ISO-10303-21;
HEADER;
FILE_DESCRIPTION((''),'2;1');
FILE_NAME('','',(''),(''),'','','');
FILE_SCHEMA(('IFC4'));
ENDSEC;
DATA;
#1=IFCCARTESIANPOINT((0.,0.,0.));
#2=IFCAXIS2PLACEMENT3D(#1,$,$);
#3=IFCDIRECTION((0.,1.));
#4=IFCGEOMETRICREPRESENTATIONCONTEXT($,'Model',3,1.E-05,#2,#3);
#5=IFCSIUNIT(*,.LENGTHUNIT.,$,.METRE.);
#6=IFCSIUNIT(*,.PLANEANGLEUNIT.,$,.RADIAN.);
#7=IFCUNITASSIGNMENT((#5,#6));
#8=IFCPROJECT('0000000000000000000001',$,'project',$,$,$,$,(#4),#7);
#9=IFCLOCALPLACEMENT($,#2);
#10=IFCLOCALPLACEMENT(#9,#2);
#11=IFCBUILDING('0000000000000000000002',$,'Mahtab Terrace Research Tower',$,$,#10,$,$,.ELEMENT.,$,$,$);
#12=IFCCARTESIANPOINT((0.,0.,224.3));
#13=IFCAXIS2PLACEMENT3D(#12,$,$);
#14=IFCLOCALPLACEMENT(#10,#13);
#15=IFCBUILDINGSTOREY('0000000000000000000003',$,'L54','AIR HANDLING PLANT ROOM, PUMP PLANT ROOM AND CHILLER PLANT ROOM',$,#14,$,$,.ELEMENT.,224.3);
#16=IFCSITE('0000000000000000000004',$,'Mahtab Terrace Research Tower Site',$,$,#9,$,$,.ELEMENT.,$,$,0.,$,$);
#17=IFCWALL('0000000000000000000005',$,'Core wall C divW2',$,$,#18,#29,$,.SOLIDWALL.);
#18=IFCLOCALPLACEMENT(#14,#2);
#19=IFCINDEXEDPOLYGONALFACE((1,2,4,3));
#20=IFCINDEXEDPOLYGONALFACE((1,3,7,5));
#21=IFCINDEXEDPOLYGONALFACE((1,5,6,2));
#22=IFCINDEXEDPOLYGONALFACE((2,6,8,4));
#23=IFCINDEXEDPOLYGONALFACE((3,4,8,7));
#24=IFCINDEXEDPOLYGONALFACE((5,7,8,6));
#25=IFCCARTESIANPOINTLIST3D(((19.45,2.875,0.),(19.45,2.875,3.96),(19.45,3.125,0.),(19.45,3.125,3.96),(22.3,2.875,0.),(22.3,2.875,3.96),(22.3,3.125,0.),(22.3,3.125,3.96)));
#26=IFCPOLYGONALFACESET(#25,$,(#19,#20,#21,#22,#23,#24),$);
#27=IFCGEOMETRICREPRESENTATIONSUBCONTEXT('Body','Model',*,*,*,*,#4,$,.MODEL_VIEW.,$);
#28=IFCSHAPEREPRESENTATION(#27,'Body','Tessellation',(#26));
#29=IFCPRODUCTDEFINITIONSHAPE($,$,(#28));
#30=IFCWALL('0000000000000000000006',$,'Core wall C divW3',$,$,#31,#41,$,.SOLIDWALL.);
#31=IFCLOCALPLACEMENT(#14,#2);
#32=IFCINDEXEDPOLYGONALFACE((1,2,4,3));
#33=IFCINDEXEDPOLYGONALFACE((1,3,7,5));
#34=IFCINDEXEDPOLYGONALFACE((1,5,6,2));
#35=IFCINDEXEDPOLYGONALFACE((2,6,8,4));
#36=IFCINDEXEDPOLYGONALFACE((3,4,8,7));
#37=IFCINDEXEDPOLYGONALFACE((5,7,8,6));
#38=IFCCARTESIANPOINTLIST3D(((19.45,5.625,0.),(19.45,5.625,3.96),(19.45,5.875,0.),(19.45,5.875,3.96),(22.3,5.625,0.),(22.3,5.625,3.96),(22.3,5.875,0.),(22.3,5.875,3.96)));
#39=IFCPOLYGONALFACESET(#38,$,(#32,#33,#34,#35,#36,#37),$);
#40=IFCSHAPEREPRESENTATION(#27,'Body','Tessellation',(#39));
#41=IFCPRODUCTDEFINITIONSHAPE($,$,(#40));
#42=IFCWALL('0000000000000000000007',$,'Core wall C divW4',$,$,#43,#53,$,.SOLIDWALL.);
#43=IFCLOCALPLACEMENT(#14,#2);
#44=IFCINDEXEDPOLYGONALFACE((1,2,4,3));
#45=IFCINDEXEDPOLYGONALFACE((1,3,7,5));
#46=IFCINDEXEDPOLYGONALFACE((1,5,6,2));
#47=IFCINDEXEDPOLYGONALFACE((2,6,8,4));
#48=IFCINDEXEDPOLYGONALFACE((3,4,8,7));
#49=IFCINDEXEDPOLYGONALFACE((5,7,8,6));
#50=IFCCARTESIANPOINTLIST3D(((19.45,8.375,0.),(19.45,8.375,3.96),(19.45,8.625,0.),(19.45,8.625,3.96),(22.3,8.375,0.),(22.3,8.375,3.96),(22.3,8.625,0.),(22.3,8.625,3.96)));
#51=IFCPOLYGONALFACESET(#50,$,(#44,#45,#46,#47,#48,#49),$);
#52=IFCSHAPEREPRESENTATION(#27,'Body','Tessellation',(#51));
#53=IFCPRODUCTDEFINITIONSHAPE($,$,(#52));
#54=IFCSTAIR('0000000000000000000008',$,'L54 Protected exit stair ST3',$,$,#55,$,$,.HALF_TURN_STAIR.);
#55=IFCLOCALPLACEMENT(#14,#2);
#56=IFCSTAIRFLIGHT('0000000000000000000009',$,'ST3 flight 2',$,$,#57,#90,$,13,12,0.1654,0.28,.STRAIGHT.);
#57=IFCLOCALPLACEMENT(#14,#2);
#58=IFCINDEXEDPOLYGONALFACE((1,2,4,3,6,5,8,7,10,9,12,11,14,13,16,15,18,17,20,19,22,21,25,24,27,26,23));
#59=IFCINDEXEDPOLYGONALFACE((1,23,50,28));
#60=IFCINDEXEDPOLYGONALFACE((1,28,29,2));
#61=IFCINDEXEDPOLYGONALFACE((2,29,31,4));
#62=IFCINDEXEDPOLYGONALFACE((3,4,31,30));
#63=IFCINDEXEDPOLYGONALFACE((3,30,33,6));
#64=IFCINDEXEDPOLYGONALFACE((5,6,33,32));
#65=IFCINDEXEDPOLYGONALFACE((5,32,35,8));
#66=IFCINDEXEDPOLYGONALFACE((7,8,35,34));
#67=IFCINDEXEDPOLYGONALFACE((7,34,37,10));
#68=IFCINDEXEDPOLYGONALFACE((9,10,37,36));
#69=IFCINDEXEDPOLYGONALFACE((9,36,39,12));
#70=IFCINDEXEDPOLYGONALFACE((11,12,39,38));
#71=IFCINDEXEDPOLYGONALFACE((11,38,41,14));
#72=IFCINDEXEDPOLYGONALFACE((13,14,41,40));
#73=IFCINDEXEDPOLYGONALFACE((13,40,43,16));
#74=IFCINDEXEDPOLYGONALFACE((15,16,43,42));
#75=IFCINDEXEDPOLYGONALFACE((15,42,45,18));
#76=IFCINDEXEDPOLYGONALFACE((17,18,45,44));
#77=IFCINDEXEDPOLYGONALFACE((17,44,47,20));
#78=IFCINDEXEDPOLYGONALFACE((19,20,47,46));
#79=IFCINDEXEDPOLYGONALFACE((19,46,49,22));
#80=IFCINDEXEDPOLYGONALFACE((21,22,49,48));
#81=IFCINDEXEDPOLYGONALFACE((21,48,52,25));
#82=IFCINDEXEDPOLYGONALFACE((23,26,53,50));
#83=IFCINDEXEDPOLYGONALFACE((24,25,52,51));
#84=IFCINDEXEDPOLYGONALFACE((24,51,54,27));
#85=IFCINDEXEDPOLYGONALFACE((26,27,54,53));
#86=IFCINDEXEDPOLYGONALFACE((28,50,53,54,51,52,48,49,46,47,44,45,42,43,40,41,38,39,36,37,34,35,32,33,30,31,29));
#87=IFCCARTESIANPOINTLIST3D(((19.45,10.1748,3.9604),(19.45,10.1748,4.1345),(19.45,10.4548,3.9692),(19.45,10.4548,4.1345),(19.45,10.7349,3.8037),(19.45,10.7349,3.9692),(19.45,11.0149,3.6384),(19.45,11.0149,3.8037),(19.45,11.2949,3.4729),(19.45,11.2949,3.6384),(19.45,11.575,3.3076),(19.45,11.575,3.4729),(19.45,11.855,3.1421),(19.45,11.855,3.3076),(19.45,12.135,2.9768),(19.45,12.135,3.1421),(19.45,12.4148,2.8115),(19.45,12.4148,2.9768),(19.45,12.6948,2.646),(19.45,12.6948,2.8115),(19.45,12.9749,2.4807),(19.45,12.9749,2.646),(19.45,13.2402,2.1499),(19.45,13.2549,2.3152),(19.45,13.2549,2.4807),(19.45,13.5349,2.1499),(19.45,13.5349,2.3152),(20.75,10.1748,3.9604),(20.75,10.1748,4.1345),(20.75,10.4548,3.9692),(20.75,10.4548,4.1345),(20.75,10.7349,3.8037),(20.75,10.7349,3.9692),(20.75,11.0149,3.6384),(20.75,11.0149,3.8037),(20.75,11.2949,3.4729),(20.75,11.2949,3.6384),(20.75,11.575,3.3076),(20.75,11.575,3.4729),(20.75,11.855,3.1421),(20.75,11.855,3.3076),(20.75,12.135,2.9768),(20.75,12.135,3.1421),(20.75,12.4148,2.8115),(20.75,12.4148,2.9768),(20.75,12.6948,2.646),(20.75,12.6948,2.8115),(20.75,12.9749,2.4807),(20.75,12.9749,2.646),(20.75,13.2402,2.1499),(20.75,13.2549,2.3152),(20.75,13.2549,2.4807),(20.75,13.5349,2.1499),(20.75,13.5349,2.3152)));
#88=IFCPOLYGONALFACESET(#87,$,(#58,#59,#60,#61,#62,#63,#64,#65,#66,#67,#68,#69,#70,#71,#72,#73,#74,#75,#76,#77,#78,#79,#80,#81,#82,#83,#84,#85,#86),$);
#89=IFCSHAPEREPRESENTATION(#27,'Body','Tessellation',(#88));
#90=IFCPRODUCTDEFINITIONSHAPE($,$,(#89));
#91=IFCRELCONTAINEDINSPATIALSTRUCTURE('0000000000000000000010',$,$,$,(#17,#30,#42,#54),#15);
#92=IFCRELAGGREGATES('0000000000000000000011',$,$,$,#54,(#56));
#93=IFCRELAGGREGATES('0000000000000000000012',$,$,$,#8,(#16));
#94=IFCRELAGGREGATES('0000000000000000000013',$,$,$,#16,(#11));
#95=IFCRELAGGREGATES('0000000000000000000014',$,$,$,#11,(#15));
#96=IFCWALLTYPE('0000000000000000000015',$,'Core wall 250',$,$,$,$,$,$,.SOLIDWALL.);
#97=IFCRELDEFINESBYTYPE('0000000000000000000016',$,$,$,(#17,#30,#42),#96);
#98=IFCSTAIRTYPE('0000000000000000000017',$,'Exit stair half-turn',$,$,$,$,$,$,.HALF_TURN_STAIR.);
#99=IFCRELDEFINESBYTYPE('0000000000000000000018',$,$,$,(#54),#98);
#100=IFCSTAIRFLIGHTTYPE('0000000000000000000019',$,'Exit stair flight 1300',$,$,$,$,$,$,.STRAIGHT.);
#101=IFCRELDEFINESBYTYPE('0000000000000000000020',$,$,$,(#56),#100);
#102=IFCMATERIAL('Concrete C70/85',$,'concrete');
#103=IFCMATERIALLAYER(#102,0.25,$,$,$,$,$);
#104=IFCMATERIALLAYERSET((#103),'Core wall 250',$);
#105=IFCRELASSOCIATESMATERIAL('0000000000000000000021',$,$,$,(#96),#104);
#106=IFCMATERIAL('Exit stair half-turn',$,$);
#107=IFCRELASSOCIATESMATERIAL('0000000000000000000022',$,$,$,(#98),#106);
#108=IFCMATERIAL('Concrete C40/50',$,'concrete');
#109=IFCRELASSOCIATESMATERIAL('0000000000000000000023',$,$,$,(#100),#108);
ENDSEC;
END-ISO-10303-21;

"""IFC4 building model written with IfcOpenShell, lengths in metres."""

from ifc_helpers import new_model, si_unit, direction, frame, frame_2d, origin, place, context, subcontext, project, spatial, polyline, rectangle, outline, extrude, material, layer, layer_set, type_object, element, aggregate, save


model = new_model("IFC4")

# Units and contexts
model_context = context("Model", 3, precision=1e-05, world=origin(), true_north=direction((0.0, 1.0)))
body_context = subcontext(model_context, "Body", "Model", "MODEL_VIEW")
ifc_project = project(units=[si_unit("LENGTHUNIT", "METRE"), si_unit("PLANEANGLEUNIT", "RADIAN")], contexts=[model_context])

# Site, building, storey
site_placement = place(None, origin())
site = spatial("IfcSite", under=ifc_project, at=site_placement, Name="Mahtab Terrace Research Tower Site", CompositionType="ELEMENT", RefElevation=0.0)
building_placement = place(site_placement, origin())
building = spatial("IfcBuilding", under=site, at=building_placement, Name="Mahtab Terrace Research Tower", CompositionType="ELEMENT")
storey_placement = place(building_placement, frame((0.0, 0.0, 224.3)))
storey = spatial("IfcBuildingStorey", under=building, at=storey_placement, Name="L54", Description="AIR HANDLING PLANT ROOM, PUMP PLANT ROOM AND CHILLER PLANT ROOM", CompositionType="ELEMENT", Elevation=224.3)

# Shared definitions
ifc_material_1 = material(Name="Concrete C70/85", Category="concrete")

# Shared definitions
ifc_layer_1 = layer(ifc_material_1, 0.25)
ifc_layer_set_1 = layer_set([ifc_layer_1], Name="Core wall 250")
wall_type = type_object("IfcWallType", Name="Core wall 250", PredefinedType="SOLIDWALL", material=ifc_layer_set_1)

# Walls
for number, where, z_axis, x_axis, name in (
    (1, (19.45, 3.0, 0.0), (0.0, 0.0, 1.0), (1.0, 0.0, 0.0), "Core wall C divW2"),
    (2, (19.45, 5.75, 0.0), (0.0, 0.0, 1.0), (1.0, 0.0, 0.0), "Core wall C divW3"),
    (3, (19.45, 8.5, 0.0), (0.0, 0.0, 1.0), (1.0, 0.0, 0.0), "Core wall C divW4"),
):
    element("IfcWall", number, at=place(storey_placement, frame(where, z_axis=z_axis, x_axis=x_axis)), inside=storey, type_object=wall_type, Name=name, PredefinedType="SOLIDWALL", context=body_context, shape_type="SweptSolid", body=[
        extrude(rectangle(XDim=2.8501, YDim=0.25, at=frame_2d((1.425, 0.0))), origin(), (0.0, 0.0, 1.0), 3.96),
    ])

# Stair, stair flight
ifc_material_2 = material(Name="Exit stair half-turn")
stair_type = type_object("IfcStairType", Name="Exit stair half-turn", PredefinedType="HALF_TURN_STAIR", material=ifc_material_2)
stair_placement = place(storey_placement, origin())
stair = element("IfcStair", 4, at=stair_placement, inside=storey, type_object=stair_type, Name="L54 Protected exit stair ST3", PredefinedType="HALF_TURN_STAIR")
ifc_material_3 = material(Name="Concrete C40/50", Category="concrete")
stair_flight_type = type_object("IfcStairFlightType", Name="Exit stair flight 1300", PredefinedType="STRAIGHT", material=ifc_material_3)
stair_flight_placement = place(storey_placement, frame((20.1001, 13.5349, 2.1499), z_axis=(0.0, 0.0, 1.0), x_axis=(0.0, -1.0, 0.0)))
stair_flight = element("IfcStairFlight", 5, at=stair_flight_placement, type_object=stair_flight_type, Name="ST3 flight 2", NumberOfRisers=13, NumberOfTreads=12, PredefinedType="STRAIGHT", RiserHeight=0.1654, TreadLength=0.28, context=body_context, shape_type="SweptSolid", body=[
    extrude(outline(polyline([(0.0, 0.0), (0.0, 0.1653), (0.28, 0.1653), (0.28, 0.3308), (0.5601, 0.3308), (0.5601, 0.4961), (0.8401, 0.4961), (0.8401, 0.6616), (1.1201, 0.6616), (1.1201, 0.8269), (1.3999, 0.8269), (1.3999, 0.9922), (1.6799, 0.9922), (1.6799, 1.1577), (1.96, 1.1577), (1.96, 1.323), (2.24, 1.323), (2.24, 1.4885), (2.52, 1.4885), (2.52, 1.6538), (2.8, 1.6538), (2.8, 1.8193), (3.0801, 1.8193), (3.0801, 1.9846), (3.3601, 1.9846), (3.3601, 2.1499), (3.3601, 1.8105), (0.2947, 0.0), (0.0, 0.0)])), frame((0.0, 0.6499, 0.0), z_axis=(0.0, -1.0, 0.0), x_axis=(1.0, 0.0, 0.0)), (0.0, 0.0, 1.0), 1.3),
])
aggregate(stair, [stair_flight])

save(model, "model.ifc")
